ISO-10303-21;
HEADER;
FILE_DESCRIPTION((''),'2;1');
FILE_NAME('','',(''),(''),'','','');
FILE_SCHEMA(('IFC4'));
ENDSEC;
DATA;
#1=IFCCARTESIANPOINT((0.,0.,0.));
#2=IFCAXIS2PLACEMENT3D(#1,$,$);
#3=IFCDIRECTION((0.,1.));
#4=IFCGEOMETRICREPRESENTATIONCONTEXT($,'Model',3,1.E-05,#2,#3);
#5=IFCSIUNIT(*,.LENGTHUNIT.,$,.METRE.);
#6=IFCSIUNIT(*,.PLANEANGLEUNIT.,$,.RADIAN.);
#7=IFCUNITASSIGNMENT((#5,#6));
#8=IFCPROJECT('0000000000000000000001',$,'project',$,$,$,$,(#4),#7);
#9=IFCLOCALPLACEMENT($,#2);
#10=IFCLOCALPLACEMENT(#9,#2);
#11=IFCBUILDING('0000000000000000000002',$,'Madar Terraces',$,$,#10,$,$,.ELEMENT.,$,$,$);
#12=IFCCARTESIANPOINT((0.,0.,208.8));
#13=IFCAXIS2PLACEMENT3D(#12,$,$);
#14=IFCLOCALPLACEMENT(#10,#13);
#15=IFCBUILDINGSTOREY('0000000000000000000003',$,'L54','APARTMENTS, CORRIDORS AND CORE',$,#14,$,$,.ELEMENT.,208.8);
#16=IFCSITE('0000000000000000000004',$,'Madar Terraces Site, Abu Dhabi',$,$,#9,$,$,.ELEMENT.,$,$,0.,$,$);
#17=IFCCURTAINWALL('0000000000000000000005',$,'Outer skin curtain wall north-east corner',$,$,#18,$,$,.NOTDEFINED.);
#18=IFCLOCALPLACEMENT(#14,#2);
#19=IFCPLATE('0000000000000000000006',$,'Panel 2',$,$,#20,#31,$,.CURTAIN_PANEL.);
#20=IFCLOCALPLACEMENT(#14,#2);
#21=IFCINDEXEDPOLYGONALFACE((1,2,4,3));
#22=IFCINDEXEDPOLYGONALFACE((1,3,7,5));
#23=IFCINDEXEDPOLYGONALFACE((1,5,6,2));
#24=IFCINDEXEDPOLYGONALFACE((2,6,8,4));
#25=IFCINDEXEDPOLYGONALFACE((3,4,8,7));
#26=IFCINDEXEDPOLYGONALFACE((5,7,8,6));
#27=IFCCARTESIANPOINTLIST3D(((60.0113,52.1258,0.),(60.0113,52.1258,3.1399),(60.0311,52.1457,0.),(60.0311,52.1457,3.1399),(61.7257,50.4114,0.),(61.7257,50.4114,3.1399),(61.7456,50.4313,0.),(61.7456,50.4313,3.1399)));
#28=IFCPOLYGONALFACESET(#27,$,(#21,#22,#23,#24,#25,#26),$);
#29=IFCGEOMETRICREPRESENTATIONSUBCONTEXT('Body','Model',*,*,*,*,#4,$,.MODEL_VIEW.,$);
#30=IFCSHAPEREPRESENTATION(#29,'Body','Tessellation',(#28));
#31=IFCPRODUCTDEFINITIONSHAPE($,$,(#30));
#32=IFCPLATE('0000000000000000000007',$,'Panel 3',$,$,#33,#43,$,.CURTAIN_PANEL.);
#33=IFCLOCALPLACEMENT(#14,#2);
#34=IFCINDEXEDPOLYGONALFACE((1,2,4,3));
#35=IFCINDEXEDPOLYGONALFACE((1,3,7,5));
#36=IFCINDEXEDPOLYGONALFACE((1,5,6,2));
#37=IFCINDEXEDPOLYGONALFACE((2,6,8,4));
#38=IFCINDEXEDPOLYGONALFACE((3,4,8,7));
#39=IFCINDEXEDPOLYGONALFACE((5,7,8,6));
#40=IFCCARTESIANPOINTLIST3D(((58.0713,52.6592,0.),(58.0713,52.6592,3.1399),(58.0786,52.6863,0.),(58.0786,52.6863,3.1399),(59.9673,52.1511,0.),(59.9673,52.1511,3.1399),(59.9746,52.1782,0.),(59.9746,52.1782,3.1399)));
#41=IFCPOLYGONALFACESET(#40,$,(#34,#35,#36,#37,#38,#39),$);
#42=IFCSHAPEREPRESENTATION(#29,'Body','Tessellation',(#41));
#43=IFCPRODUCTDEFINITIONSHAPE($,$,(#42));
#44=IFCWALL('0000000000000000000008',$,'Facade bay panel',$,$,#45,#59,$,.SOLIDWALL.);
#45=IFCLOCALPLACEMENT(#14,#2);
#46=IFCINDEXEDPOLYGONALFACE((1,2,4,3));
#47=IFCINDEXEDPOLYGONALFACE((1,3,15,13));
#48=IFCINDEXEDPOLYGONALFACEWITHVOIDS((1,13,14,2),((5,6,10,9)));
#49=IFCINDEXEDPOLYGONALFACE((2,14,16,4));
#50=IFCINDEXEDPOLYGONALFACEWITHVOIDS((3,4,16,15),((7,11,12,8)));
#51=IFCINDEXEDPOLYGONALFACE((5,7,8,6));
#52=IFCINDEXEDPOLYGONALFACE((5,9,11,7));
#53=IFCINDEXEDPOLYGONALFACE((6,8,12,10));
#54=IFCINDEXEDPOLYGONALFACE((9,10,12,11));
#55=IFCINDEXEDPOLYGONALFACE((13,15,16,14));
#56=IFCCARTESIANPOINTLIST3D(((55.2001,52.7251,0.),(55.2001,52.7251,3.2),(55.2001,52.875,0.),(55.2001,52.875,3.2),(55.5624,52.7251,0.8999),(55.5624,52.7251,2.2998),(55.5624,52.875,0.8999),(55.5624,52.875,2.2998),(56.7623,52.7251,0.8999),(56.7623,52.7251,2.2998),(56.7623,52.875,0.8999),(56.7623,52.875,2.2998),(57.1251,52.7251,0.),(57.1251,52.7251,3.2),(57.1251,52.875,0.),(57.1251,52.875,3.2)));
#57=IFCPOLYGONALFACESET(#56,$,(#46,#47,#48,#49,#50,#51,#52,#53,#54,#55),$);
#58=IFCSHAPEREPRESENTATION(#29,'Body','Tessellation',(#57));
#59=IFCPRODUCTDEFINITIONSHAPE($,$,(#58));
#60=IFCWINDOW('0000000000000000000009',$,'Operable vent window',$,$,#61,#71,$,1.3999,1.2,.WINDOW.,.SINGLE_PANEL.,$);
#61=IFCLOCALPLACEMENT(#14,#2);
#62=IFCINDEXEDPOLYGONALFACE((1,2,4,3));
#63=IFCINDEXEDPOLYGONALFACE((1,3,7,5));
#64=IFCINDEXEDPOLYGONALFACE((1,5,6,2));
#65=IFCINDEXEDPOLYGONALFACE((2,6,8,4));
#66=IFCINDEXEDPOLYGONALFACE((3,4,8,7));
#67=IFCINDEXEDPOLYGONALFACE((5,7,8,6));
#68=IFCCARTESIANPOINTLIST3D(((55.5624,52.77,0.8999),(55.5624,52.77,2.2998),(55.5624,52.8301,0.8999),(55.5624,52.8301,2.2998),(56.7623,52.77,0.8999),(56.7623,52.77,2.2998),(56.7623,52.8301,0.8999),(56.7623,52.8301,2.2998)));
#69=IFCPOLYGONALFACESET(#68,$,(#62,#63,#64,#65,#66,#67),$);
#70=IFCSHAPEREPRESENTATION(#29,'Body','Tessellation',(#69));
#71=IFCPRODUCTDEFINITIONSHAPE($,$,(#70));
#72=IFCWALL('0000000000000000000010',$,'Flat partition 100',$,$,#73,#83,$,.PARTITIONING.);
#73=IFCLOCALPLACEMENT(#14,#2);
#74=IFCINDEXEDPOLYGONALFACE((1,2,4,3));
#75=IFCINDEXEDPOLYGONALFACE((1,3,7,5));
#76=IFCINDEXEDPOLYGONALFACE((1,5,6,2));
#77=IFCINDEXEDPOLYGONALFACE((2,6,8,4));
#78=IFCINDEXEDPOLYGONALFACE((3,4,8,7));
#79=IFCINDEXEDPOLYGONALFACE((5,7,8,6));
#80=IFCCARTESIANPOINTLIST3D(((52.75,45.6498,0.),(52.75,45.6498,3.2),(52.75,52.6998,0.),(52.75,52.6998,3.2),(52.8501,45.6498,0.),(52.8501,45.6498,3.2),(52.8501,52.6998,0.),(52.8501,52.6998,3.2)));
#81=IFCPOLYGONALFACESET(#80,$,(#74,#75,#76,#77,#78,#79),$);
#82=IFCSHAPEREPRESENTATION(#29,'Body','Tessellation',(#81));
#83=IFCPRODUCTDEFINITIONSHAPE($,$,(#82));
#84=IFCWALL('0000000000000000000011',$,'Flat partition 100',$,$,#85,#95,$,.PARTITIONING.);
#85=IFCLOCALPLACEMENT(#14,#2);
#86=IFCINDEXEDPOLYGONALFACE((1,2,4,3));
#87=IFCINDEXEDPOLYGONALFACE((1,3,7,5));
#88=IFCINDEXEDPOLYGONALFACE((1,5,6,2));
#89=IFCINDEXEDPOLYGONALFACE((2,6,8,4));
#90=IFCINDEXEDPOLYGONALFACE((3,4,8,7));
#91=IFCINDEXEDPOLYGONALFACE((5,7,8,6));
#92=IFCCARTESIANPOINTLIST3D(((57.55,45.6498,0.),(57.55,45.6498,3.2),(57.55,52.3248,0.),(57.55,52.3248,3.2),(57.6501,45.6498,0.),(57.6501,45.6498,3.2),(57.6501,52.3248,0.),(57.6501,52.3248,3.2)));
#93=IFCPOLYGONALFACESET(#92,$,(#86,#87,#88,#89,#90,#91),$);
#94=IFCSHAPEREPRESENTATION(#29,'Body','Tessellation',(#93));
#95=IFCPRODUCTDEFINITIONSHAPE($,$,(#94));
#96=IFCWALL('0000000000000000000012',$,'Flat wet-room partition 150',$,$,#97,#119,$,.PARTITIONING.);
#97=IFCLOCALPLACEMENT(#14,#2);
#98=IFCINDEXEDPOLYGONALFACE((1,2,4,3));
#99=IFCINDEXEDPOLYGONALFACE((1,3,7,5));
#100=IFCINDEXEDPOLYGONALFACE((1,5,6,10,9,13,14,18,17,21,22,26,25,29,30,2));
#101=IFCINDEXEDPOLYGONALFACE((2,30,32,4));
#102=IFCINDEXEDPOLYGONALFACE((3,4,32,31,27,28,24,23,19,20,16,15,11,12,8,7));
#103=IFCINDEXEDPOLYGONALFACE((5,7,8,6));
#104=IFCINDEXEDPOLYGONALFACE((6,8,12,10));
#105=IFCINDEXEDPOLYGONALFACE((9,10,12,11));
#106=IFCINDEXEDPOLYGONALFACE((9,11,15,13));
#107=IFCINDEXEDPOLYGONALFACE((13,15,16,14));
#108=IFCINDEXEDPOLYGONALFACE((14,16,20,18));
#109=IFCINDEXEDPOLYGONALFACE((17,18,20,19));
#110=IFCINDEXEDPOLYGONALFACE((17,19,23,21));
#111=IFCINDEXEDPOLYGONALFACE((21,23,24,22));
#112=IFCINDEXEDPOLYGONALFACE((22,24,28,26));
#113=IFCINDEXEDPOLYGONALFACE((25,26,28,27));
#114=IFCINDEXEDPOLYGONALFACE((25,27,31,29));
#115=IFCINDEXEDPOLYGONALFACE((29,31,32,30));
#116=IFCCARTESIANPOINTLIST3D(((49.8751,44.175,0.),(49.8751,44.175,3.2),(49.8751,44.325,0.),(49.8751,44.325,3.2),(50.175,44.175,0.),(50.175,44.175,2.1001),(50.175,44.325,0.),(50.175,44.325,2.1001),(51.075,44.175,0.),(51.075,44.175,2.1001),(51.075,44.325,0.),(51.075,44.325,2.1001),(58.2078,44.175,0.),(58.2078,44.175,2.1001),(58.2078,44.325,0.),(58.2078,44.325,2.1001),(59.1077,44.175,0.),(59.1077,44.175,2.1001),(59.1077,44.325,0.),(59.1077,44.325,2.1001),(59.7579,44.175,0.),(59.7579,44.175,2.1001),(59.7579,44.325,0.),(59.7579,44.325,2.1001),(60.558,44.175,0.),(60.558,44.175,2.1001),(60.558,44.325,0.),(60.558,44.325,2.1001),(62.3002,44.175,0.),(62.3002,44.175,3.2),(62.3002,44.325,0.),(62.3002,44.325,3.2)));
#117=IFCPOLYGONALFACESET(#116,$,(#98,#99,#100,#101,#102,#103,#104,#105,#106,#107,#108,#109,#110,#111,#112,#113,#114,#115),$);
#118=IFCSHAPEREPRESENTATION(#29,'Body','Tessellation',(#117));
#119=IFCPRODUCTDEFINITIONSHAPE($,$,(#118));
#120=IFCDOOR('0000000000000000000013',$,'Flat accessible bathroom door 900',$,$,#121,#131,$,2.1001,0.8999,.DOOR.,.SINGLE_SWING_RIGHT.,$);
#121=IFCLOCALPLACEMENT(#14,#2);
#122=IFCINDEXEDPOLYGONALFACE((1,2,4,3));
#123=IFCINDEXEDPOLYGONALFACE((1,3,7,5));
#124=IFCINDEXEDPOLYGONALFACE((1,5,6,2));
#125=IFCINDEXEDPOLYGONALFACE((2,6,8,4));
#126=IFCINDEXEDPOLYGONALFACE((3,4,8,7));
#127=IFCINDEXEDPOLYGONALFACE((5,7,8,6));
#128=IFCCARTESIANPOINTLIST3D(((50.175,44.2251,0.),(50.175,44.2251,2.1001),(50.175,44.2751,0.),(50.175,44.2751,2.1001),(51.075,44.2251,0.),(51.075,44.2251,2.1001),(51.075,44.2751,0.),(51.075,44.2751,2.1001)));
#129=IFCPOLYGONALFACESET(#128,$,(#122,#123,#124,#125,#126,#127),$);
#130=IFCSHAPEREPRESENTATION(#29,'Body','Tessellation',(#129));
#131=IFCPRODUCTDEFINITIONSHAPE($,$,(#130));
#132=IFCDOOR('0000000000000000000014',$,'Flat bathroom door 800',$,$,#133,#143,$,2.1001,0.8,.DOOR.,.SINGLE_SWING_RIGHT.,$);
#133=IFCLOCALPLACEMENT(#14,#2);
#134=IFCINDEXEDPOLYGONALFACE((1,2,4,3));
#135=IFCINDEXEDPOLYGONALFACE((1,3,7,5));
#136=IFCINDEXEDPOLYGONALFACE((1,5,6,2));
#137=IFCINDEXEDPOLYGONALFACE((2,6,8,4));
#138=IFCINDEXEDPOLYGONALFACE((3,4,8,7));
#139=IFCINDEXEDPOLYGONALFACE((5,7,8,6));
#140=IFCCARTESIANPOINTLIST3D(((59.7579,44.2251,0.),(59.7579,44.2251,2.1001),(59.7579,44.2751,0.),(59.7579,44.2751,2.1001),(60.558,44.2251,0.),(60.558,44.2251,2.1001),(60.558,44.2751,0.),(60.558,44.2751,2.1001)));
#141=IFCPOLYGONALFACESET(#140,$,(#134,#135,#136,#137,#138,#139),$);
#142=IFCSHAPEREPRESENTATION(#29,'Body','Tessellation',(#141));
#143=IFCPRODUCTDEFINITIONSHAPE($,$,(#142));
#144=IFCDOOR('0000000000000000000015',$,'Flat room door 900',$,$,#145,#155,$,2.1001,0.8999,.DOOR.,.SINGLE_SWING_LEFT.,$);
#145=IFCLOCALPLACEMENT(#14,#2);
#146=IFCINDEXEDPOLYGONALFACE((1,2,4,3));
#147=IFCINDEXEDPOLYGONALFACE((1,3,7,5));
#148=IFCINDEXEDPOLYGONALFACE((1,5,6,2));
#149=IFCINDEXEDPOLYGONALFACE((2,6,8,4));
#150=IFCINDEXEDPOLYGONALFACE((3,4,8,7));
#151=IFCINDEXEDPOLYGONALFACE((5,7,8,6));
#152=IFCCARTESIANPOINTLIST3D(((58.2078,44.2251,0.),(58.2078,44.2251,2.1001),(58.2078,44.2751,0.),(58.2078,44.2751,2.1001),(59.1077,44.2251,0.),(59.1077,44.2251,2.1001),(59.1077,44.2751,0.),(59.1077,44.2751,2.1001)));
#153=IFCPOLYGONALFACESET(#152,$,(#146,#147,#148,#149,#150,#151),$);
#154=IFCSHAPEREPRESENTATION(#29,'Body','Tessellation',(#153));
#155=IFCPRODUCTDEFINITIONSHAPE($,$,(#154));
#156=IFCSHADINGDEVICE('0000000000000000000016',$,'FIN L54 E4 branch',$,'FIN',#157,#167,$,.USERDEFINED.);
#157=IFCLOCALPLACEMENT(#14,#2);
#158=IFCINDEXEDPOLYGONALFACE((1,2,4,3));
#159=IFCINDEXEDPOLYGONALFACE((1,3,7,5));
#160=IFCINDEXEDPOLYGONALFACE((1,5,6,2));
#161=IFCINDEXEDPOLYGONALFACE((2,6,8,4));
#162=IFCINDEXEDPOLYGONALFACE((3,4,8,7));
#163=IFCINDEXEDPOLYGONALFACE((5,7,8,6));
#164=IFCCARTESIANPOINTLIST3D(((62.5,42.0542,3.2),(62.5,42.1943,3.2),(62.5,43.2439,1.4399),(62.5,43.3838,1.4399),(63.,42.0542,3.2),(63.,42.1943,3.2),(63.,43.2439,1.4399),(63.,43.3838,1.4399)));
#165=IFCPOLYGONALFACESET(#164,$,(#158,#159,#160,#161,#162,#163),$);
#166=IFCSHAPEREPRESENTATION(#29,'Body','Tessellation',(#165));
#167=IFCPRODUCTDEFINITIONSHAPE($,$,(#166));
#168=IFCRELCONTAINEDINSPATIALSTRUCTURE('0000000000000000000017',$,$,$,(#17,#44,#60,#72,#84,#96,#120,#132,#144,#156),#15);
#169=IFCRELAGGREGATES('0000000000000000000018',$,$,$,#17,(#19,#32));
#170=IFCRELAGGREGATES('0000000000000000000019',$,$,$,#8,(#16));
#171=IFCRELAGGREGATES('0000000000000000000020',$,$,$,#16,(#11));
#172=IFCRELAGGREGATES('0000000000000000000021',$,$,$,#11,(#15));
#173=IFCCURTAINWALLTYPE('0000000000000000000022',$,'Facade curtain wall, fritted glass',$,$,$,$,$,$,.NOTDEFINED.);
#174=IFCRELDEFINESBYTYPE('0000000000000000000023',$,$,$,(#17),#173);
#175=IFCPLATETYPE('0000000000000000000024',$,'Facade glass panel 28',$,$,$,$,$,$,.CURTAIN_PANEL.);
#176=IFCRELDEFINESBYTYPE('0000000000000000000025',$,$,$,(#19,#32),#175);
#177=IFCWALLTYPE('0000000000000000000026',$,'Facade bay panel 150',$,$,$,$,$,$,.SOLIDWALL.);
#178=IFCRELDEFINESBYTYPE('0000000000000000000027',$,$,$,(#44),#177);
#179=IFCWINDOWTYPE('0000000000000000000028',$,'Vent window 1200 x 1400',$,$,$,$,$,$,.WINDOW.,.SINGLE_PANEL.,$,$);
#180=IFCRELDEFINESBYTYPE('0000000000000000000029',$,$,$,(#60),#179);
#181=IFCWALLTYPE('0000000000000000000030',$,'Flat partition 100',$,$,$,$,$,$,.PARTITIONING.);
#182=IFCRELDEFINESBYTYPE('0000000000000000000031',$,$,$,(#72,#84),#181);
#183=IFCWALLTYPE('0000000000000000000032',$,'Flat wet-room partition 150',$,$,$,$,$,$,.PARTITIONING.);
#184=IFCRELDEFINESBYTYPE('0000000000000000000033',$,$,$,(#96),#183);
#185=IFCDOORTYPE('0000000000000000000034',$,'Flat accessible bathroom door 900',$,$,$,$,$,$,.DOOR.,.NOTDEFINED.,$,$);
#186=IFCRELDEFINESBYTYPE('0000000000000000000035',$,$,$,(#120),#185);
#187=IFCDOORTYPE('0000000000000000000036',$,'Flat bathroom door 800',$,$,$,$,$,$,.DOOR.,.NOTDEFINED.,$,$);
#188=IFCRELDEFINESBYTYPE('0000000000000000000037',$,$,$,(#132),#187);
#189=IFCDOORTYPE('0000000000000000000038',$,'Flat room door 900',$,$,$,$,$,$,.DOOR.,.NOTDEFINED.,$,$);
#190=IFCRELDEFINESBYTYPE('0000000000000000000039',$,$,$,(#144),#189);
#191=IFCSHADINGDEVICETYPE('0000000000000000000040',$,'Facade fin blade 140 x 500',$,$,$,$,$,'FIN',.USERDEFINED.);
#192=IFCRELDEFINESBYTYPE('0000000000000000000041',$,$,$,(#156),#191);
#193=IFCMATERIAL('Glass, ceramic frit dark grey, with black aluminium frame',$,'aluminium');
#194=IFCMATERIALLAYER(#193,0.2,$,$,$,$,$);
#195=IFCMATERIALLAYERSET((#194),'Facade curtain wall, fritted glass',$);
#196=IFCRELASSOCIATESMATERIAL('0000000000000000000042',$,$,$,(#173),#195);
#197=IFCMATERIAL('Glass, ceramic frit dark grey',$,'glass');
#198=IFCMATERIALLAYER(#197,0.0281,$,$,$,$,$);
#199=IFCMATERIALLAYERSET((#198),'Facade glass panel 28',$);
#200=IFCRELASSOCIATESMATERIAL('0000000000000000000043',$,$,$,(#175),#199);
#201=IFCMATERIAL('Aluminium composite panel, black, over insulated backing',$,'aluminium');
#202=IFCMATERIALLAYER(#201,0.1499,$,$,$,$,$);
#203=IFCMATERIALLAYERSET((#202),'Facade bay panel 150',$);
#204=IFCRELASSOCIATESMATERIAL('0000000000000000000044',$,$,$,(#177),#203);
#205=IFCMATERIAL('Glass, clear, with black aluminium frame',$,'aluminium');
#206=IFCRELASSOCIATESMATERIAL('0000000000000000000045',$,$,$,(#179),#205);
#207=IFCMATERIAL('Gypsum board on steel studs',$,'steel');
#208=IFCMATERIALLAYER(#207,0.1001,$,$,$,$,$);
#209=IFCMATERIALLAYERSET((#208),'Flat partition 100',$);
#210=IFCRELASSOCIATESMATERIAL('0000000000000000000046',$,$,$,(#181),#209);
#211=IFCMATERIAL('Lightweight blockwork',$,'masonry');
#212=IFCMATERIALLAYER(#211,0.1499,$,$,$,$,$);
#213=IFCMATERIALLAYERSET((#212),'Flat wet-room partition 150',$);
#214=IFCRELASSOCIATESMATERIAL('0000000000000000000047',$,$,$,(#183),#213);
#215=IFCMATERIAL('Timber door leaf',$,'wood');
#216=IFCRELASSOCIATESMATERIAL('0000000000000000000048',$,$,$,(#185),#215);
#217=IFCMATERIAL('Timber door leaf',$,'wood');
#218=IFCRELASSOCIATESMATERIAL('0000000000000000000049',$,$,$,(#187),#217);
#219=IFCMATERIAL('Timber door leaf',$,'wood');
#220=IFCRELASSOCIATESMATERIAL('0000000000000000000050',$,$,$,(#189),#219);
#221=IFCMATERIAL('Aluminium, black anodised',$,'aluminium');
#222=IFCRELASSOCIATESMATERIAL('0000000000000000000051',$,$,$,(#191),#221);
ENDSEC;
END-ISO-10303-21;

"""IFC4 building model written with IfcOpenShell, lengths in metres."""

from ifc_helpers import new_model, si_unit, direction, frame, frame_2d, origin, origin_2d, place, context, subcontext, project, spatial, polyline, rectangle, outline, extrude, material, layer, layer_set, type_object, element, fill, aggregate, save


model = new_model("IFC4")

# Units and contexts
model_context = context("Model", 3, precision=1e-05, world=origin(), true_north=direction((0.0, 1.0)))
body_context = subcontext(model_context, "Body", "Model", "MODEL_VIEW")
ifc_project = project(units=[si_unit("LENGTHUNIT", "METRE"), si_unit("PLANEANGLEUNIT", "RADIAN")], contexts=[model_context])

# Site, building, storey
site_placement = place(None, origin())
site = spatial("IfcSite", under=ifc_project, at=site_placement, Name="Madar Terraces Site, Abu Dhabi", CompositionType="ELEMENT", RefElevation=0.0)
building_placement = place(site_placement, origin())
building = spatial("IfcBuilding", under=site, at=building_placement, Name="Madar Terraces", CompositionType="ELEMENT")
storey_placement = place(building_placement, frame((0.0, 0.0, 208.8)))
storey = spatial("IfcBuildingStorey", under=building, at=storey_placement, Name="L54", Description="APARTMENTS, CORRIDORS AND CORE", CompositionType="ELEMENT", Elevation=208.8)

# Shared definitions
ifc_material_1 = material(Name="Glass, ceramic frit dark grey, with black aluminium frame", Category="aluminium")
ifc_layer_1 = layer(ifc_material_1, 0.2)
ifc_layer_set_1 = layer_set([ifc_layer_1], Name="Facade curtain wall, fritted glass")
curtain_wall_type = type_object("IfcCurtainWallType", Name="Facade curtain wall, fritted glass", PredefinedType="NOTDEFINED", material=ifc_layer_set_1)

# Curtain wall
curtain_wall_1_placement = place(storey_placement, origin())
curtain_wall_1 = element("IfcCurtainWall", 1, at=curtain_wall_1_placement, inside=storey, type_object=curtain_wall_type, Name="Outer skin curtain wall north-east corner", PredefinedType="NOTDEFINED")

# Plates
ifc_material_2 = material(Name="Glass, ceramic frit dark grey", Category="glass")
ifc_layer_2 = layer(ifc_material_2, 0.0281)
ifc_layer_set_2 = layer_set([ifc_layer_2], Name="Facade glass panel 28")
plate_type = type_object("IfcPlateType", Name="Facade glass panel 28", PredefinedType="CURTAIN_PANEL", material=ifc_layer_set_2)
plate_1_placement = place(storey_placement, frame((60.8784, 51.2786, 0.0), z_axis=(0.0, 0.0, 1.0), x_axis=(-0.707107, 0.707107, 0.0)))
plate_1 = element("IfcPlate", 2, at=plate_1_placement, type_object=plate_type, Name="Panel 2", PredefinedType="CURTAIN_PANEL", context=body_context, shape_type="SweptSolid", body=[
    extrude(rectangle(XDim=2.4246, YDim=0.0281, at=origin_2d()), origin(), (0.0, 0.0, 1.0), 3.1399),
])
plate_2_placement = place(storey_placement, frame((59.0229, 52.4187, 0.0), z_axis=(0.0, 0.0, 1.0), x_axis=(-0.965926, 0.258819, 0.0)))
plate_2 = element("IfcPlate", 3, at=plate_2_placement, type_object=plate_type, Name="Panel 3", PredefinedType="CURTAIN_PANEL", context=body_context, shape_type="SweptSolid", body=[
    extrude(rectangle(XDim=1.9629, YDim=0.0281, at=origin_2d()), origin(), (0.0, 0.0, 1.0), 3.1399),
])
aggregate(curtain_wall_1, [plate_1, plate_2])

# Wall, opening, window
ifc_material_3 = material(Name="Aluminium composite panel, black, over insulated backing", Category="aluminium")
ifc_layer_3 = layer(ifc_material_3, 0.1499)
ifc_layer_set_3 = layer_set([ifc_layer_3], Name="Facade bay panel 150")
wall_type_1 = type_object("IfcWallType", Name="Facade bay panel 150", PredefinedType="SOLIDWALL", material=ifc_layer_set_3)
wall_1_placement = place(storey_placement, frame((57.125, 52.8, 0.0), z_axis=(0.0, 0.0, 1.0), x_axis=(-1.0, 0.0, 0.0)))
wall_1 = element("IfcWall", 4, at=wall_1_placement, inside=storey, type_object=wall_type_1, Name="Facade bay panel", PredefinedType="SOLIDWALL", context=body_context, shape_type="SweptSolid", body=[
    extrude(rectangle(XDim=1.925, YDim=0.1499, at=frame_2d((0.9624, 0.0))), origin(), (0.0, 0.0, 1.0), 3.2),
])
opening_1_placement = place(wall_1_placement, frame((0.3625, 0.0, 0.8999)))
opening_1 = element("IfcOpeningElement", 5, at=opening_1_placement, cuts=wall_1, PredefinedType="OPENING", context=body_context, shape_type="SweptSolid", body=[
    extrude(rectangle(XDim=1.2, YDim=1.3999, at=frame_2d((0.6001, 0.7))), frame((0.0, 0.085, 0.0), z_axis=(0.0, -1.0, 0.0), x_axis=(1.0, 0.0, 0.0)), (0.0, 0.0, 1.0), 0.1699),
])
ifc_material_4 = material(Name="Glass, clear, with black aluminium frame", Category="aluminium")
window_type = type_object("IfcWindowType", Name="Vent window 1200 x 1400", PartitioningType="SINGLE_PANEL", PredefinedType="WINDOW", material=ifc_material_4)
window_placement = place(opening_1_placement, origin())
window = element("IfcWindow", 6, at=window_placement, inside=storey, type_object=window_type, Name="Operable vent window", OverallHeight=1.3999, OverallWidth=1.2, PartitioningType="SINGLE_PANEL", PredefinedType="WINDOW", context=body_context, shape_type="SweptSolid", body=[
    extrude(rectangle(XDim=1.2, YDim=1.3999, at=frame_2d((0.6001, 0.7))), frame((0.0, 0.03, 0.0), z_axis=(0.0, -1.0, 0.0), x_axis=(1.0, 0.0, 0.0)), (0.0, 0.0, 1.0), 0.0601),
])
fill(opening_1, window)

# Walls
ifc_material_5 = material(Name="Gypsum board on steel studs", Category="steel")
ifc_layer_4 = layer(ifc_material_5, 0.1001)
ifc_layer_set_4 = layer_set([ifc_layer_4], Name="Flat partition 100")
wall_type_2 = type_object("IfcWallType", Name="Flat partition 100", PredefinedType="PARTITIONING", material=ifc_layer_set_4)
wall_2_placement = place(storey_placement, frame((52.8, 45.6499, 0.0), z_axis=(0.0, 0.0, 1.0), x_axis=(0.0, 1.0, 0.0)))
element("IfcWall", 7, at=wall_2_placement, inside=storey, type_object=wall_type_2, Name="Flat partition 100", PredefinedType="PARTITIONING", context=body_context, shape_type="SweptSolid", body=[
    extrude(rectangle(XDim=7.05, YDim=0.1001, at=frame_2d((3.5249, 0.0))), origin(), (0.0, 0.0, 1.0), 3.2),
])
wall_3_placement = place(storey_placement, frame((57.6001, 45.6499, 0.0), z_axis=(0.0, 0.0, 1.0), x_axis=(0.0, 1.0, 0.0)))
element("IfcWall", 8, at=wall_3_placement, inside=storey, type_object=wall_type_2, Name="Flat partition 100", PredefinedType="PARTITIONING", context=body_context, shape_type="SweptSolid", body=[
    extrude(rectangle(XDim=6.675, YDim=0.1001, at=frame_2d((3.3374, 0.0))), origin(), (0.0, 0.0, 1.0), 3.2),
])

# Wall, openings, doors
ifc_material_6 = material(Name="Lightweight blockwork", Category="masonry")
ifc_layer_5 = layer(ifc_material_6, 0.1499)
ifc_layer_set_5 = layer_set([ifc_layer_5], Name="Flat wet-room partition 150")
wall_type_3 = type_object("IfcWallType", Name="Flat wet-room partition 150", PredefinedType="PARTITIONING", material=ifc_layer_set_5)
wall_4_placement = place(storey_placement, frame((62.3, 44.25, 0.0), z_axis=(0.0, 0.0, 1.0), x_axis=(-1.0, 0.0, 0.0)))
wall_4 = element("IfcWall", 9, at=wall_4_placement, inside=storey, type_object=wall_type_3, Name="Flat wet-room partition 150", PredefinedType="PARTITIONING", context=body_context, shape_type="SweptSolid", body=[
    extrude(rectangle(XDim=12.425, YDim=0.1499, at=frame_2d((6.2124, 0.0))), origin(), (0.0, 0.0, 1.0), 3.2),
])
opening_2_placement = place(wall_4_placement, frame((11.2251, 0.0, 0.0)))
opening_2 = element("IfcOpeningElement", 10, at=opening_2_placement, cuts=wall_4, PredefinedType="OPENING", context=body_context, shape_type="SweptSolid", body=[
    extrude(rectangle(XDim=0.8999, YDim=2.1001, at=frame_2d((0.45, 1.05))), frame((0.0, 0.085, 0.0), z_axis=(0.0, -1.0, 0.0), x_axis=(1.0, 0.0, 0.0)), (0.0, 0.0, 1.0), 0.1699),
])
opening_3_placement = place(wall_4_placement, frame((3.1924, 0.0, 0.0)))
opening_3 = element("IfcOpeningElement", 11, at=opening_3_placement, cuts=wall_4, PredefinedType="OPENING", context=body_context, shape_type="SweptSolid", body=[
    extrude(rectangle(XDim=0.8999, YDim=2.1001, at=frame_2d((0.45, 1.05))), frame((0.0, 0.085, 0.0), z_axis=(0.0, -1.0, 0.0), x_axis=(1.0, 0.0, 0.0)), (0.0, 0.0, 1.0), 0.1699),
])
opening_4_placement = place(wall_4_placement, frame((1.7422, 0.0, 0.0)))
opening_4 = element("IfcOpeningElement", 12, at=opening_4_placement, cuts=wall_4, PredefinedType="OPENING", context=body_context, shape_type="SweptSolid", body=[
    extrude(rectangle(XDim=0.8, YDim=2.1001, at=frame_2d((0.3999, 1.05))), frame((0.0, 0.085, 0.0), z_axis=(0.0, -1.0, 0.0), x_axis=(1.0, 0.0, 0.0)), (0.0, 0.0, 1.0), 0.1699),
])
ifc_material_7 = material(Name="Timber door leaf", Category="wood")
door_type_1 = type_object("IfcDoorType", Name="Flat accessible bathroom door 900", OperationType="NOTDEFINED", PredefinedType="DOOR", material=ifc_material_7)
door_1_placement = place(opening_2_placement, origin())
door_1 = element("IfcDoor", 13, at=door_1_placement, inside=storey, type_object=door_type_1, Name="Flat accessible bathroom door 900", OperationType="SINGLE_SWING_RIGHT", OverallHeight=2.1001, OverallWidth=0.8999, PredefinedType="DOOR", context=body_context, shape_type="SweptSolid", body=[
    extrude(rectangle(XDim=0.8999, YDim=2.1001, at=frame_2d((0.45, 1.05))), frame((0.0, 0.0249, 0.0), z_axis=(0.0, -1.0, 0.0), x_axis=(1.0, 0.0, 0.0)), (0.0, 0.0, 1.0), 0.05),
])
fill(opening_2, door_1)
ifc_material_8 = material(Name="Timber door leaf", Category="wood")
door_type_2 = type_object("IfcDoorType", Name="Flat bathroom door 800", OperationType="NOTDEFINED", PredefinedType="DOOR", material=ifc_material_8)
door_2_placement = place(opening_4_placement, origin())
door_2 = element("IfcDoor", 14, at=door_2_placement, inside=storey, type_object=door_type_2, Name="Flat bathroom door 800", OperationType="SINGLE_SWING_RIGHT", OverallHeight=2.1001, OverallWidth=0.8, PredefinedType="DOOR", context=body_context, shape_type="SweptSolid", body=[
    extrude(rectangle(XDim=0.8, YDim=2.1001, at=frame_2d((0.3999, 1.05))), frame((0.0, 0.0249, 0.0), z_axis=(0.0, -1.0, 0.0), x_axis=(1.0, 0.0, 0.0)), (0.0, 0.0, 1.0), 0.05),
])
fill(opening_4, door_2)
ifc_material_9 = material(Name="Timber door leaf", Category="wood")
door_type_3 = type_object("IfcDoorType", Name="Flat room door 900", OperationType="NOTDEFINED", PredefinedType="DOOR", material=ifc_material_9)
door_3_placement = place(opening_3_placement, origin())
door_3 = element("IfcDoor", 15, at=door_3_placement, inside=storey, type_object=door_type_3, Name="Flat room door 900", OperationType="SINGLE_SWING_LEFT", OverallHeight=2.1001, OverallWidth=0.8999, PredefinedType="DOOR", context=body_context, shape_type="SweptSolid", body=[
    extrude(rectangle(XDim=0.8999, YDim=2.1001, at=frame_2d((0.45, 1.05))), frame((0.0, 0.0249, 0.0), z_axis=(0.0, -1.0, 0.0), x_axis=(1.0, 0.0, 0.0)), (0.0, 0.0, 1.0), 0.05),
])
fill(opening_3, door_3)

# Shading device
ifc_material_10 = material(Name="Aluminium, black anodised", Category="aluminium")
shading_device_type = type_object("IfcShadingDeviceType", Name="Facade fin blade 140 x 500", ElementType="FIN", PredefinedType="USERDEFINED", material=ifc_material_10)
shading_device_1_placement = place(storey_placement, frame((62.75, 43.2439, 1.4399), z_axis=(0.0, 0.0, 1.0), x_axis=(0.0, 1.0, 0.0)))
element("IfcShadingDevice", 16, at=shading_device_1_placement, inside=storey, type_object=shading_device_type, Name="FIN L54 E4 branch", ObjectType="FIN", PredefinedType="USERDEFINED", context=body_context, shape_type="SweptSolid", body=[
    extrude(outline(polyline([(0.0, 0.0), (0.1399, 0.0), (-1.0496, 1.76), (-1.1897, 1.76), (0.0, 0.0)])), frame((0.0, 0.25, 0.0), z_axis=(0.0, -1.0, 0.0), x_axis=(1.0, 0.0, 0.0)), (0.0, 0.0, 1.0), 0.5),
])

save(model, "model.ifc")
